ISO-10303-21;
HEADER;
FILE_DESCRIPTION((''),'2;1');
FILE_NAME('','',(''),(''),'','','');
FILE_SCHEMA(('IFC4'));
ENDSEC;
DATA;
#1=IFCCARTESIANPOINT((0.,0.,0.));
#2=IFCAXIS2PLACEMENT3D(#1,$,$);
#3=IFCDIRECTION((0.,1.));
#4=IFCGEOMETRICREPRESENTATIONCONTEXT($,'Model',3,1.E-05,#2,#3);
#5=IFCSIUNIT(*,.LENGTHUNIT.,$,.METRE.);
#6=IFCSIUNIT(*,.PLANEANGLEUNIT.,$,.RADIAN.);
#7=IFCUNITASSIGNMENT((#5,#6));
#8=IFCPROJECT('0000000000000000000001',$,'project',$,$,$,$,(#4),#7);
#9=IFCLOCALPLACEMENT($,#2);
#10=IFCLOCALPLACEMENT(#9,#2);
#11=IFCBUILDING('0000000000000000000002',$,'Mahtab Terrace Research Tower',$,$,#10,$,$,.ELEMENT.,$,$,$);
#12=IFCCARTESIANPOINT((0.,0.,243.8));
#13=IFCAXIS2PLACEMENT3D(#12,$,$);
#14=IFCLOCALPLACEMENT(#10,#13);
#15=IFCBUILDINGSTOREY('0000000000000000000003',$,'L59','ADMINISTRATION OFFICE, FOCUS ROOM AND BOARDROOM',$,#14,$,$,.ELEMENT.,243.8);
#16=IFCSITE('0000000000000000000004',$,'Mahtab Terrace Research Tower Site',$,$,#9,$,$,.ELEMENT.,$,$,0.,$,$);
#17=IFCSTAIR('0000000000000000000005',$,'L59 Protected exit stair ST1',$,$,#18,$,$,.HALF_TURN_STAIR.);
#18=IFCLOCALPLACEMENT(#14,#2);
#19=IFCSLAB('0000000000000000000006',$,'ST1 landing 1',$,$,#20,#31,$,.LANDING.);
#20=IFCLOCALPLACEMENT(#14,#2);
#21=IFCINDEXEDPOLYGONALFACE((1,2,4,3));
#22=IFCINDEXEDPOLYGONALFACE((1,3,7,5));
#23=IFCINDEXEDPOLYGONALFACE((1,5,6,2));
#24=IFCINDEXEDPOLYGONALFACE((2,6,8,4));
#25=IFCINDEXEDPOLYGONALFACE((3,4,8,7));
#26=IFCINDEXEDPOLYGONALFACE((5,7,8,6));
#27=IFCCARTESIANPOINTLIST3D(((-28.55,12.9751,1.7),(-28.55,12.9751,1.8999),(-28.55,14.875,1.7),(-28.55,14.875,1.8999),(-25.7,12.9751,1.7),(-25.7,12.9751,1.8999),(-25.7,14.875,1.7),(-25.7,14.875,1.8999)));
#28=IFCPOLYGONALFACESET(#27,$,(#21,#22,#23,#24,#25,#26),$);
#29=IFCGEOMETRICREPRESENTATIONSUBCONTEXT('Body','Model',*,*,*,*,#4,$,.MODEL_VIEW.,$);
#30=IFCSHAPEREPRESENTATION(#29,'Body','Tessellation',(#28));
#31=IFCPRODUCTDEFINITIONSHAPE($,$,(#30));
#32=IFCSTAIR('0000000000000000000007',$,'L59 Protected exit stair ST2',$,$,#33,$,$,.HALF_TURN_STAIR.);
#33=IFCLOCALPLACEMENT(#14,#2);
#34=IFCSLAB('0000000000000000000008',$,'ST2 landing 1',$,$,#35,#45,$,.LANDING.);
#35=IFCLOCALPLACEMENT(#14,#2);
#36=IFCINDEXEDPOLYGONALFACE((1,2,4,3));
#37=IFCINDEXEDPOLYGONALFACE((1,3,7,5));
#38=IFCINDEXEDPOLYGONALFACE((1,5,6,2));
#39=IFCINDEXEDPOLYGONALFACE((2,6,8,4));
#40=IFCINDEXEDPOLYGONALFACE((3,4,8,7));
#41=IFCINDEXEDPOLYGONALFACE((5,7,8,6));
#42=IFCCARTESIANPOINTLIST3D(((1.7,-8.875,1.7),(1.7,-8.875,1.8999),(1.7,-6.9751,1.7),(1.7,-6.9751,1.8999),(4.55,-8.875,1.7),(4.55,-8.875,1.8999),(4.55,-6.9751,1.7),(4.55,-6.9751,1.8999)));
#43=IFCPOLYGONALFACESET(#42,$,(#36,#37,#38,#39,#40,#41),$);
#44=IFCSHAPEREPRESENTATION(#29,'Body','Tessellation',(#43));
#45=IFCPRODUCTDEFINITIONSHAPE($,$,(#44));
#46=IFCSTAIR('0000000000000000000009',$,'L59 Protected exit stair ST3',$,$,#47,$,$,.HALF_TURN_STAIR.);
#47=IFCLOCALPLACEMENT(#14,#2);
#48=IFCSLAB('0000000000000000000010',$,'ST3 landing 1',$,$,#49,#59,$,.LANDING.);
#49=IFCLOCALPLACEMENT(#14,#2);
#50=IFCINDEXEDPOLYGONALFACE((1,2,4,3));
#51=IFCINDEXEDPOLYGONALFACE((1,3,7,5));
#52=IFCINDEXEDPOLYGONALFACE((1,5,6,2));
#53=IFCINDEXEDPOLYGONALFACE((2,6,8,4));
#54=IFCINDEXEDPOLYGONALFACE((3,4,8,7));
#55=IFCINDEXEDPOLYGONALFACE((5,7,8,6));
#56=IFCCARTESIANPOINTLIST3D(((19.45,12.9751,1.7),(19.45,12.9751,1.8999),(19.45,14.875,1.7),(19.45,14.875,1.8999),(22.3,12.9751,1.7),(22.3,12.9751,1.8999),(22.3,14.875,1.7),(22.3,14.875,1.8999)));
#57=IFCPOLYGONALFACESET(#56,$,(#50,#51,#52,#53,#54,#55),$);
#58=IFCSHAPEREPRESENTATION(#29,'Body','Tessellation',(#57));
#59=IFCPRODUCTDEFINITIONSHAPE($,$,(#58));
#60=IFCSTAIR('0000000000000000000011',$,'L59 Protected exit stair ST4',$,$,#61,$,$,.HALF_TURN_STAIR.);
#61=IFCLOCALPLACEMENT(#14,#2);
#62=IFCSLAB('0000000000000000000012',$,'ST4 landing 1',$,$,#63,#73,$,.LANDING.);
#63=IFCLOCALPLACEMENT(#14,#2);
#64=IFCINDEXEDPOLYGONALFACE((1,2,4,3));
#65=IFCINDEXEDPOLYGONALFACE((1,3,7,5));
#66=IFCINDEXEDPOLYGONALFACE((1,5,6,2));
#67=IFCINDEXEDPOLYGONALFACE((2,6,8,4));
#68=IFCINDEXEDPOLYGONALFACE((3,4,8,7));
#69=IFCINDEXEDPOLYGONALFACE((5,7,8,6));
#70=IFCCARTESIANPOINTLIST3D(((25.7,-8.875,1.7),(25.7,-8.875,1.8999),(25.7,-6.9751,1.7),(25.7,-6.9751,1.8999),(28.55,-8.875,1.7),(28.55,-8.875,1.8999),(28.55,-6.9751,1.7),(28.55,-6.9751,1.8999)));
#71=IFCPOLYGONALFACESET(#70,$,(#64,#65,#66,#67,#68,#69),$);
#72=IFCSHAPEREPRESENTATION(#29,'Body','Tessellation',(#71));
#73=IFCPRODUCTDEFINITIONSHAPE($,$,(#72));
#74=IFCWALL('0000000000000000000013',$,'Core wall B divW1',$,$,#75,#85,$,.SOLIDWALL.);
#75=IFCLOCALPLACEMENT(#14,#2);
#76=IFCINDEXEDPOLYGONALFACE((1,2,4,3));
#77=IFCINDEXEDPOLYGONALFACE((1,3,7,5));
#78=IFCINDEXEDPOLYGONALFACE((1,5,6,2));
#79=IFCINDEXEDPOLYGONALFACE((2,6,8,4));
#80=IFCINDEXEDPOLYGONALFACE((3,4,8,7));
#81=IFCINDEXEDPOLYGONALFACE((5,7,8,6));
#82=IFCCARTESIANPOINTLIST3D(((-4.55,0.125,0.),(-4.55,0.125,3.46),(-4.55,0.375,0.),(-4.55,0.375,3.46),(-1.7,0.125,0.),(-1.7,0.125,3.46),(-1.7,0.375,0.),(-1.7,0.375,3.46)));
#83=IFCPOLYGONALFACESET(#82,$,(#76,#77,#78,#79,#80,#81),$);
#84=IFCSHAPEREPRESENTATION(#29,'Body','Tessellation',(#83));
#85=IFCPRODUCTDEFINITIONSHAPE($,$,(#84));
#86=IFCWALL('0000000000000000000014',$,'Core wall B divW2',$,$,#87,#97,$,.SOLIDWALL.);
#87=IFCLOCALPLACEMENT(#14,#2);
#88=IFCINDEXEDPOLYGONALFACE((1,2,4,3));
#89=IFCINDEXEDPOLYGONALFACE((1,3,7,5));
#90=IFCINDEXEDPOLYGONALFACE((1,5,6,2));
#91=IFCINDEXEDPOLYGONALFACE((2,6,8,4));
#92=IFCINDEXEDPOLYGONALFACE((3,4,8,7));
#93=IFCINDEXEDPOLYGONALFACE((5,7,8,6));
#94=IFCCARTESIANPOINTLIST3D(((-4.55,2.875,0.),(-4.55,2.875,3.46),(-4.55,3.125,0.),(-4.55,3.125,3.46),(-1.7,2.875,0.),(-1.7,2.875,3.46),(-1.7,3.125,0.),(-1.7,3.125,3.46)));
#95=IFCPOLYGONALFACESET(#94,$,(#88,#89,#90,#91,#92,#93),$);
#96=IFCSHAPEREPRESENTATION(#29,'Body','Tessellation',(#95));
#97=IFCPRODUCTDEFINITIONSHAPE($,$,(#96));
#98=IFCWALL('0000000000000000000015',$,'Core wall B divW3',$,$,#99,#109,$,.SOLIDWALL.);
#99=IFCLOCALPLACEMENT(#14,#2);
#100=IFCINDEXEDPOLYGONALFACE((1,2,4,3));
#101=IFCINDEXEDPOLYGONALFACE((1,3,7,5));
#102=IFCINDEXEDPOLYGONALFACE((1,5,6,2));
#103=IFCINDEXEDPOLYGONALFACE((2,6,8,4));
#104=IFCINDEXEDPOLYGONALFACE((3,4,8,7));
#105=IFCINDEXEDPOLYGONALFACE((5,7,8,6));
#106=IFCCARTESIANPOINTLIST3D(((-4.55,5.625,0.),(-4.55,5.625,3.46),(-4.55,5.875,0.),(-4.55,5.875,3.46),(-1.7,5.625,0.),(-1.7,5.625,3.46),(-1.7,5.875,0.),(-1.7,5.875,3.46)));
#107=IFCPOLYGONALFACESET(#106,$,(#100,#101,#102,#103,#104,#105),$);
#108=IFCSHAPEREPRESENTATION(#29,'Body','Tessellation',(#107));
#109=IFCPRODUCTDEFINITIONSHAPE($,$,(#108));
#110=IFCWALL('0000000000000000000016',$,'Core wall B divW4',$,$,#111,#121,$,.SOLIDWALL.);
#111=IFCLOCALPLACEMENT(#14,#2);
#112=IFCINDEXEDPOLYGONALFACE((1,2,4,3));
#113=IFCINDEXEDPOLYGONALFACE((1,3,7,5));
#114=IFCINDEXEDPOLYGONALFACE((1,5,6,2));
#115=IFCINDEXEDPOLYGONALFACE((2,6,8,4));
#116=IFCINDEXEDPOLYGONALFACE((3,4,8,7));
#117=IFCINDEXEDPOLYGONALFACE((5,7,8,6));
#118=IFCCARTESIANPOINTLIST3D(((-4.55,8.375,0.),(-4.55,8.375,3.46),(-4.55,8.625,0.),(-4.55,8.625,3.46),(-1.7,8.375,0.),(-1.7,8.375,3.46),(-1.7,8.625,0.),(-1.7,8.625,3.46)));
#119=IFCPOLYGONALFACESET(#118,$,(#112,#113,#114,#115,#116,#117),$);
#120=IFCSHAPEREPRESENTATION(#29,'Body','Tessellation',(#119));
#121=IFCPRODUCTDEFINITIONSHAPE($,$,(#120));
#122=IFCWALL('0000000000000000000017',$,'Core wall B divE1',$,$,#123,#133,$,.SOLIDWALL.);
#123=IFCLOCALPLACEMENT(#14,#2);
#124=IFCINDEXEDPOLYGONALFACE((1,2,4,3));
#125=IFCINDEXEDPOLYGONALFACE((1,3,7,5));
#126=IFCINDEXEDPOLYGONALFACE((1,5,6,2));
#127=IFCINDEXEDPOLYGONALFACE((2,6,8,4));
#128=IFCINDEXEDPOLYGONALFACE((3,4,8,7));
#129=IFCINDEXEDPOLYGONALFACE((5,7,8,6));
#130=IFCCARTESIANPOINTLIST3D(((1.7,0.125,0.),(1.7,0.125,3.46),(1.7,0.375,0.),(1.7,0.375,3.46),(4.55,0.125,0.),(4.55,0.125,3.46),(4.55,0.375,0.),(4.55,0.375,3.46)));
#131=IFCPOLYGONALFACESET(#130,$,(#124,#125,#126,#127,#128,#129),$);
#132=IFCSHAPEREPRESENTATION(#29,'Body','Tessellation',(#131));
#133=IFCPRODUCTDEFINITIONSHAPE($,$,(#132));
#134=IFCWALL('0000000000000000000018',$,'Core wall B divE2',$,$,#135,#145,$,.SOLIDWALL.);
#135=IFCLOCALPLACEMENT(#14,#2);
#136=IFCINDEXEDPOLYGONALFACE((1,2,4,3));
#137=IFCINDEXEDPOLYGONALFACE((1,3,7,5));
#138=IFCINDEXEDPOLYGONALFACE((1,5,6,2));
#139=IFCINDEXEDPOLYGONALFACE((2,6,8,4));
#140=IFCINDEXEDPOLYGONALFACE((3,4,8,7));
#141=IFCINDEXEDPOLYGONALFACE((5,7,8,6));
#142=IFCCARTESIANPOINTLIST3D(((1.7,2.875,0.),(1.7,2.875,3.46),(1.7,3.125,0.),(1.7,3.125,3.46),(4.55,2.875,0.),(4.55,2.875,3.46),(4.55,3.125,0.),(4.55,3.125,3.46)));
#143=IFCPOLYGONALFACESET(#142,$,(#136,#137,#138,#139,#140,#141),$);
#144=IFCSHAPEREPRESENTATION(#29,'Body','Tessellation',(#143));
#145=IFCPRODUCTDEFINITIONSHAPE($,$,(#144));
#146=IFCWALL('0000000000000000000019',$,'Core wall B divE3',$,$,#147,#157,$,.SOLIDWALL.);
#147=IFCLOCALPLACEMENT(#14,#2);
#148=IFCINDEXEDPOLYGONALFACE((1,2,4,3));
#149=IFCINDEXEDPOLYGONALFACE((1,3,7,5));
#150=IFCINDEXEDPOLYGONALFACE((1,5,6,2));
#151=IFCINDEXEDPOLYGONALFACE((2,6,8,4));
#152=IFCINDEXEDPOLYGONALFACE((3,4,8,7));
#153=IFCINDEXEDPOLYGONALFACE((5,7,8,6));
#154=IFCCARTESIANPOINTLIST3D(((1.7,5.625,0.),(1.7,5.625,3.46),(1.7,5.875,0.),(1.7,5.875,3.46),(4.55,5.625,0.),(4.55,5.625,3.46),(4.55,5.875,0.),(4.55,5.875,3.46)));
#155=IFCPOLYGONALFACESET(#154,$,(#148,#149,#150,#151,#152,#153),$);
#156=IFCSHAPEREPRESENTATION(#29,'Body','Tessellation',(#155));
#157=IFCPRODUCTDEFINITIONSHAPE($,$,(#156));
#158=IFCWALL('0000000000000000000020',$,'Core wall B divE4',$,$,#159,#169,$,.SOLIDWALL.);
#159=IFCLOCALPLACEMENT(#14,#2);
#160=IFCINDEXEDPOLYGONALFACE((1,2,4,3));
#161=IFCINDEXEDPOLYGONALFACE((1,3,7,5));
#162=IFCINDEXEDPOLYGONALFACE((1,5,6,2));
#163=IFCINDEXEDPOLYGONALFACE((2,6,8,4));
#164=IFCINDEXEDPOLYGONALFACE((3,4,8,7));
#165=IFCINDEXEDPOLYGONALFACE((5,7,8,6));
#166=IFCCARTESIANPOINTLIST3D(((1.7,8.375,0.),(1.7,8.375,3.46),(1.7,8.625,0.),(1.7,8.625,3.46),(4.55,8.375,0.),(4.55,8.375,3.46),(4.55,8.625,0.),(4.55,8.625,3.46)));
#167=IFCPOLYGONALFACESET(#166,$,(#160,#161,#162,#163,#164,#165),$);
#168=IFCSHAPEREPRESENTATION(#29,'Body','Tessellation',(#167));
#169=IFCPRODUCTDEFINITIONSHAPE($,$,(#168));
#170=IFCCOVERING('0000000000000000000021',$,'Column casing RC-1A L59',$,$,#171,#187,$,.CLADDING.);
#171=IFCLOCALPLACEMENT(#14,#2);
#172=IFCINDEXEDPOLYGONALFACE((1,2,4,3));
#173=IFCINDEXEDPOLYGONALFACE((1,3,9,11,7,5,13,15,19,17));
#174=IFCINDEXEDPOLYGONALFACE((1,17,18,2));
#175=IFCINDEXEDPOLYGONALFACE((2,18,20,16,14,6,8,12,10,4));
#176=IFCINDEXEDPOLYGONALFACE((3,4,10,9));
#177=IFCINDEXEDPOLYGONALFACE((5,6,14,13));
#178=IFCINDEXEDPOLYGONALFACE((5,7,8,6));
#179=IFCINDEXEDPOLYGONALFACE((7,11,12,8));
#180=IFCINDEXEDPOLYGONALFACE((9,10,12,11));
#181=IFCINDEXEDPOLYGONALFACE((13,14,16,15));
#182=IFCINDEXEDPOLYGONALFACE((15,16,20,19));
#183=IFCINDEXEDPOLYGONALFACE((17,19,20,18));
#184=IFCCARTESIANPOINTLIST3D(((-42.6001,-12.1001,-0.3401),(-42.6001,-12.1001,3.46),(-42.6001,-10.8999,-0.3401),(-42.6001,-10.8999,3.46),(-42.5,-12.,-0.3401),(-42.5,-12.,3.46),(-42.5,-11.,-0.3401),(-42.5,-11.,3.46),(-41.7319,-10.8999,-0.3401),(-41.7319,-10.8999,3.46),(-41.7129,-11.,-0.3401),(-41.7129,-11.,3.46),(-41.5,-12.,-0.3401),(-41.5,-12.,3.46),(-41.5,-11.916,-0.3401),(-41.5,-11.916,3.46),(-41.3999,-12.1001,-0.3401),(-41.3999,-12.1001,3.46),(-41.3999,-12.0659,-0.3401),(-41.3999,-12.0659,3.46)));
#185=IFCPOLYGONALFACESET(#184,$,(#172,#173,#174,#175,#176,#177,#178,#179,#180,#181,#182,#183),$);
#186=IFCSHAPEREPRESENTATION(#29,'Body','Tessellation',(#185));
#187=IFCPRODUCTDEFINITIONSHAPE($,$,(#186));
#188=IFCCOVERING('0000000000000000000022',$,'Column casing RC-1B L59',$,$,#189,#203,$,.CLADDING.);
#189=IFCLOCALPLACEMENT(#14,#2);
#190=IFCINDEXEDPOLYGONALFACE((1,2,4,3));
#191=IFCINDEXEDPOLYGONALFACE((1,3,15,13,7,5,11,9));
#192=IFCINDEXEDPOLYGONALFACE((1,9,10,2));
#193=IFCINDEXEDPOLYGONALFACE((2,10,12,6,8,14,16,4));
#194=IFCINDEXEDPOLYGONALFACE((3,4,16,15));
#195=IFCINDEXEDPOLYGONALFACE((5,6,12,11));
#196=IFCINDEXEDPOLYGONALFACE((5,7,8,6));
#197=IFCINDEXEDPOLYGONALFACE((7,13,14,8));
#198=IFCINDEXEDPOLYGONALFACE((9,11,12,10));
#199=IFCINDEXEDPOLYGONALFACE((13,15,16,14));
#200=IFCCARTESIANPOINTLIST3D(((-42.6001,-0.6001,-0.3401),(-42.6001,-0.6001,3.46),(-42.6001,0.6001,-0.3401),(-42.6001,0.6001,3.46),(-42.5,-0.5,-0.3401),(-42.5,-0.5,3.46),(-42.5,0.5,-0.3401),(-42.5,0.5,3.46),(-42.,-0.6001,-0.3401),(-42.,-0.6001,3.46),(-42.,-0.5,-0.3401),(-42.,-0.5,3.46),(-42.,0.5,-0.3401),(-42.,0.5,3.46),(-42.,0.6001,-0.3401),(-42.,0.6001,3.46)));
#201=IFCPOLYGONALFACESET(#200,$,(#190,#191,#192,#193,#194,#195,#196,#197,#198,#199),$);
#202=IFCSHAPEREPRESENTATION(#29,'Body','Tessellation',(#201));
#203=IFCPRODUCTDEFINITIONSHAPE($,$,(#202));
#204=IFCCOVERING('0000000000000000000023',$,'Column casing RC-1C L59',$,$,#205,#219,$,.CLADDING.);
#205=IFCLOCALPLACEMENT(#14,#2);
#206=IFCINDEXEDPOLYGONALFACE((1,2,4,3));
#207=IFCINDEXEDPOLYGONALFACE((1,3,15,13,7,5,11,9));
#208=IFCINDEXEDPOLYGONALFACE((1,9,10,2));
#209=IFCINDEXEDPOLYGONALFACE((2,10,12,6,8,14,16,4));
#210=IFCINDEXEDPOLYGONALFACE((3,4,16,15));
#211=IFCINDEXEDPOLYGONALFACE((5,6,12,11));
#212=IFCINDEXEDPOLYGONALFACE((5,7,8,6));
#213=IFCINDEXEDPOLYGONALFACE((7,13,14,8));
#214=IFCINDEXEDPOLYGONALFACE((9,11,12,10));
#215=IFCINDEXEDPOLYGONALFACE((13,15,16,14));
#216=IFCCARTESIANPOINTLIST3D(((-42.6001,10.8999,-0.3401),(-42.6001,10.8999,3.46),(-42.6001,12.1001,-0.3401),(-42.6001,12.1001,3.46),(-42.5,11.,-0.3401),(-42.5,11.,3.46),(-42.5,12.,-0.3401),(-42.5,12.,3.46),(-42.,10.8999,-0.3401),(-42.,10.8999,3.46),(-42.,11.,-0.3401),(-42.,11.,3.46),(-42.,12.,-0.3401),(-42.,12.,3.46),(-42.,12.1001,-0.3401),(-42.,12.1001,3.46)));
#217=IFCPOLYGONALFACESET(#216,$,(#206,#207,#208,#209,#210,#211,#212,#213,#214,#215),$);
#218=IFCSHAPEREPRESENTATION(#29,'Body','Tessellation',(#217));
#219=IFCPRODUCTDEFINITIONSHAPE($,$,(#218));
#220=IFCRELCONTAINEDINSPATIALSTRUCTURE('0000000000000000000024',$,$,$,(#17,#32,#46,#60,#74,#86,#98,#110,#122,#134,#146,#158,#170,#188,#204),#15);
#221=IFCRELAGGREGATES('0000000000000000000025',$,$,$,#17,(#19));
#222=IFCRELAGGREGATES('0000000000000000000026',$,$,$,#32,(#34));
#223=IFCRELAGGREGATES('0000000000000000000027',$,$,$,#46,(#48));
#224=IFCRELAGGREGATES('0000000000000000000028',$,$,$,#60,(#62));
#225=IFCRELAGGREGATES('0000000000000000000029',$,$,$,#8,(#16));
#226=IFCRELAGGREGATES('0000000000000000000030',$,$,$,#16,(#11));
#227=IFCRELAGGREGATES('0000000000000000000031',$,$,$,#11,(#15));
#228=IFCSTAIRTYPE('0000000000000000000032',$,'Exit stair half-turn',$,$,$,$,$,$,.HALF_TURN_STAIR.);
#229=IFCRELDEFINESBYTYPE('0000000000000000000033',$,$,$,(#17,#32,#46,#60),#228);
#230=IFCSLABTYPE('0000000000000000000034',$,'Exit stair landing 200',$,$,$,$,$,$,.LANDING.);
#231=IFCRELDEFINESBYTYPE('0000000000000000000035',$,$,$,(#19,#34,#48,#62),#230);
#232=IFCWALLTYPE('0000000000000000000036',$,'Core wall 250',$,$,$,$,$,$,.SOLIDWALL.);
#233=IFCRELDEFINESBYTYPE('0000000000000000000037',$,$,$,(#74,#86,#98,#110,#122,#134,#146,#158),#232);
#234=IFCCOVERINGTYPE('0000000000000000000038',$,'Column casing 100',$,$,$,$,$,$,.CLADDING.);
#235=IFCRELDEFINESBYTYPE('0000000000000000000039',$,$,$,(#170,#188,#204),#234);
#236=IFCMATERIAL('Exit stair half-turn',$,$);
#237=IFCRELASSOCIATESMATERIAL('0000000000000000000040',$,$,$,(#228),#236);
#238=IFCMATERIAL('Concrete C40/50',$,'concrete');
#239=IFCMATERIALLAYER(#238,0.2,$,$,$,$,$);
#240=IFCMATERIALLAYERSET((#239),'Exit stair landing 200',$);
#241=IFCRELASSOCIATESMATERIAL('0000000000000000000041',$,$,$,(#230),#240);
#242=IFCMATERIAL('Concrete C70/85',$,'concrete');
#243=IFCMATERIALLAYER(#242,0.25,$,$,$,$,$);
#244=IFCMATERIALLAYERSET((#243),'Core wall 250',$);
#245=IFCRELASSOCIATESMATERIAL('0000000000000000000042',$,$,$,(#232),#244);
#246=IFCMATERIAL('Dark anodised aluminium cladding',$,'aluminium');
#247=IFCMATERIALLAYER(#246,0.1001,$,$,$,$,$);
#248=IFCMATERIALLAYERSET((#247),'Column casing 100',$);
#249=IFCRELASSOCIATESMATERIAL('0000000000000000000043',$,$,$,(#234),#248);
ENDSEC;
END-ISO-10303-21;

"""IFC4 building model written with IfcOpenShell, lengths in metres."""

from ifc_helpers import new_model, si_unit, direction, frame, frame_2d, origin, place, context, subcontext, project, spatial, polyline, rectangle, outline, extrude, material, layer, layer_set, type_object, element, aggregate, save


model = new_model("IFC4")

# Units and contexts
model_context = context("Model", 3, precision=1e-05, world=origin(), true_north=direction((0.0, 1.0)))
body_context = subcontext(model_context, "Body", "Model", "MODEL_VIEW")
ifc_project = project(units=[si_unit("LENGTHUNIT", "METRE"), si_unit("PLANEANGLEUNIT", "RADIAN")], contexts=[model_context])

# Site, building, storey
site_placement = place(None, origin())
site = spatial("IfcSite", under=ifc_project, at=site_placement, Name="Mahtab Terrace Research Tower Site", CompositionType="ELEMENT", RefElevation=0.0)
building_placement = place(site_placement, origin())
building = spatial("IfcBuilding", under=site, at=building_placement, Name="Mahtab Terrace Research Tower", CompositionType="ELEMENT")
storey_placement = place(building_placement, frame((0.0, 0.0, 243.8)))
storey = spatial("IfcBuildingStorey", under=building, at=storey_placement, Name="L59", Description="ADMINISTRATION OFFICE, FOCUS ROOM AND BOARDROOM", CompositionType="ELEMENT", Elevation=243.8)

# Stairs, slabs
ifc_material_1 = material(Name="Exit stair half-turn")
stair_type = type_object("IfcStairType", Name="Exit stair half-turn", PredefinedType="HALF_TURN_STAIR", material=ifc_material_1)
stair_1_placement = place(storey_placement, origin())
stair_1 = element("IfcStair", 1, at=stair_1_placement, inside=storey, type_object=stair_type, Name="L59 Protected exit stair ST1", PredefinedType="HALF_TURN_STAIR")
ifc_material_2 = material(Name="Concrete C40/50", Category="concrete")
ifc_layer_1 = layer(ifc_material_2, 0.2)
ifc_layer_set_1 = layer_set([ifc_layer_1], Name="Exit stair landing 200")
slab_type = type_object("IfcSlabType", Name="Exit stair landing 200", PredefinedType="LANDING", material=ifc_layer_set_1)
slab_1_placement = place(storey_placement, frame((0.0, 0.0, 1.7)))
slab_1 = element("IfcSlab", 2, at=slab_1_placement, type_object=slab_type, Name="ST1 landing 1", PredefinedType="LANDING", context=body_context, shape_type="SweptSolid", body=[
    extrude(outline(polyline([(-25.7, 12.9751), (-25.7, 14.875), (-28.55, 14.875), (-28.55, 12.9751), (-25.7, 12.9751)])), origin(), (0.0, 0.0, 1.0), 0.2),
])
aggregate(stair_1, [slab_1])
stair_2_placement = place(storey_placement, origin())
stair_2 = element("IfcStair", 3, at=stair_2_placement, inside=storey, type_object=stair_type, Name="L59 Protected exit stair ST2", PredefinedType="HALF_TURN_STAIR")
slab_2_placement = place(storey_placement, frame((0.0, 0.0, 1.7)))
slab_2 = element("IfcSlab", 4, at=slab_2_placement, type_object=slab_type, Name="ST2 landing 1", PredefinedType="LANDING", context=body_context, shape_type="SweptSolid", body=[
    extrude(outline(polyline([(1.7, -6.9751), (1.7, -8.875), (4.55, -8.875), (4.55, -6.9751), (1.7, -6.9751)])), origin(), (0.0, 0.0, 1.0), 0.2),
])
aggregate(stair_2, [slab_2])
stair_3_placement = place(storey_placement, origin())
stair_3 = element("IfcStair", 5, at=stair_3_placement, inside=storey, type_object=stair_type, Name="L59 Protected exit stair ST3", PredefinedType="HALF_TURN_STAIR")
slab_3_placement = place(storey_placement, frame((0.0, 0.0, 1.7)))
slab_3 = element("IfcSlab", 6, at=slab_3_placement, type_object=slab_type, Name="ST3 landing 1", PredefinedType="LANDING", context=body_context, shape_type="SweptSolid", body=[
    extrude(outline(polyline([(22.3, 12.9751), (22.3, 14.875), (19.45, 14.875), (19.45, 12.9751), (22.3, 12.9751)])), origin(), (0.0, 0.0, 1.0), 0.2),
])
aggregate(stair_3, [slab_3])
stair_4_placement = place(storey_placement, origin())
stair_4 = element("IfcStair", 7, at=stair_4_placement, inside=storey, type_object=stair_type, Name="L59 Protected exit stair ST4", PredefinedType="HALF_TURN_STAIR")
slab_4_placement = place(storey_placement, frame((0.0, 0.0, 1.7)))
slab_4 = element("IfcSlab", 8, at=slab_4_placement, type_object=slab_type, Name="ST4 landing 1", PredefinedType="LANDING", context=body_context, shape_type="SweptSolid", body=[
    extrude(outline(polyline([(25.7, -6.9751), (25.7, -8.875), (28.55, -8.875), (28.55, -6.9751), (25.7, -6.9751)])), origin(), (0.0, 0.0, 1.0), 0.2),
])
aggregate(stair_4, [slab_4])

# Walls
ifc_material_3 = material(Name="Concrete C70/85", Category="concrete")
ifc_layer_2 = layer(ifc_material_3, 0.25)
ifc_layer_set_2 = layer_set([ifc_layer_2], Name="Core wall 250")
wall_type = type_object("IfcWallType", Name="Core wall 250", PredefinedType="SOLIDWALL", material=ifc_layer_set_2)
for number, where, z_axis, x_axis, name in (
    (9, (-4.55, 0.25, 0.0), (0.0, 0.0, 1.0), (1.0, 0.0, 0.0), "Core wall B divW1"),
    (10, (-4.55, 3.0, 0.0), (0.0, 0.0, 1.0), (1.0, 0.0, 0.0), "Core wall B divW2"),
    (11, (-4.55, 5.75, 0.0), (0.0, 0.0, 1.0), (1.0, 0.0, 0.0), "Core wall B divW3"),
    (12, (-4.55, 8.5, 0.0), (0.0, 0.0, 1.0), (1.0, 0.0, 0.0), "Core wall B divW4"),
    (13, (1.7, 0.25, 0.0), (0.0, 0.0, 1.0), (1.0, 0.0, 0.0), "Core wall B divE1"),
    (14, (1.7, 3.0, 0.0), (0.0, 0.0, 1.0), (1.0, 0.0, 0.0), "Core wall B divE2"),
    (15, (1.7, 5.75, 0.0), (0.0, 0.0, 1.0), (1.0, 0.0, 0.0), "Core wall B divE3"),
    (16, (1.7, 8.5, 0.0), (0.0, 0.0, 1.0), (1.0, 0.0, 0.0), "Core wall B divE4"),
):
    element("IfcWall", number, at=place(storey_placement, frame(where, z_axis=z_axis, x_axis=x_axis)), inside=storey, type_object=wall_type, Name=name, PredefinedType="SOLIDWALL", context=body_context, shape_type="SweptSolid", body=[
        extrude(rectangle(XDim=2.8501, YDim=0.25, at=frame_2d((1.425, 0.0))), origin(), (0.0, 0.0, 1.0), 3.46),
    ])

# Coverings
ifc_material_4 = material(Name="Dark anodised aluminium cladding", Category="aluminium")
ifc_layer_3 = layer(ifc_material_4, 0.1001)
ifc_layer_set_3 = layer_set([ifc_layer_3], Name="Column casing 100")
covering_type_1 = type_object("IfcCoveringType", Name="Column casing 100", PredefinedType="CLADDING", material=ifc_layer_set_3)
covering_1_placement = place(storey_placement, frame((0.0, 0.0, -0.3401)))
element("IfcCovering", 17, at=covering_1_placement, inside=storey, type_object=covering_type_1, Name="Column casing RC-1A L59", PredefinedType="CLADDING", context=body_context, shape_type="SweptSolid", body=[
    extrude(outline(polyline([(-42.6001, -10.8999), (-41.7319, -10.8999), (-41.7129, -11.0), (-42.5, -11.0), (-42.5, -12.0), (-41.5, -12.0), (-41.5, -11.916), (-41.3999, -12.0659), (-41.3999, -12.1001), (-42.6001, -12.1001), (-42.6001, -10.8999)])), origin(), (0.0, 0.0, 1.0), 3.8),
])
covering_2_placement = place(storey_placement, frame((0.0, 0.0, -0.3401)))
element("IfcCovering", 18, at=covering_2_placement, inside=storey, type_object=covering_type_1, Name="Column casing RC-1B L59", PredefinedType="CLADDING", context=body_context, shape_type="SweptSolid", body=[
    extrude(outline(polyline([(-42.6001, 0.6001), (-42.0, 0.6001), (-42.0, 0.5), (-42.5, 0.5), (-42.5, -0.5), (-42.0, -0.5), (-42.0, -0.6001), (-42.6001, -0.6001), (-42.6001, 0.6001)])), origin(), (0.0, 0.0, 1.0), 3.8),
])
covering_3_placement = place(storey_placement, frame((0.0, 0.0, -0.3401)))
element("IfcCovering", 19, at=covering_3_placement, inside=storey, type_object=covering_type_1, Name="Column casing RC-1C L59", PredefinedType="CLADDING", context=body_context, shape_type="SweptSolid", body=[
    extrude(outline(polyline([(-42.6001, 12.1001), (-42.0, 12.1001), (-42.0, 12.0), (-42.5, 12.0), (-42.5, 11.0), (-42.0, 11.0), (-42.0, 10.8999), (-42.6001, 10.8999), (-42.6001, 12.1001)])), origin(), (0.0, 0.0, 1.0), 3.8),
])

save(model, "model.ifc")
